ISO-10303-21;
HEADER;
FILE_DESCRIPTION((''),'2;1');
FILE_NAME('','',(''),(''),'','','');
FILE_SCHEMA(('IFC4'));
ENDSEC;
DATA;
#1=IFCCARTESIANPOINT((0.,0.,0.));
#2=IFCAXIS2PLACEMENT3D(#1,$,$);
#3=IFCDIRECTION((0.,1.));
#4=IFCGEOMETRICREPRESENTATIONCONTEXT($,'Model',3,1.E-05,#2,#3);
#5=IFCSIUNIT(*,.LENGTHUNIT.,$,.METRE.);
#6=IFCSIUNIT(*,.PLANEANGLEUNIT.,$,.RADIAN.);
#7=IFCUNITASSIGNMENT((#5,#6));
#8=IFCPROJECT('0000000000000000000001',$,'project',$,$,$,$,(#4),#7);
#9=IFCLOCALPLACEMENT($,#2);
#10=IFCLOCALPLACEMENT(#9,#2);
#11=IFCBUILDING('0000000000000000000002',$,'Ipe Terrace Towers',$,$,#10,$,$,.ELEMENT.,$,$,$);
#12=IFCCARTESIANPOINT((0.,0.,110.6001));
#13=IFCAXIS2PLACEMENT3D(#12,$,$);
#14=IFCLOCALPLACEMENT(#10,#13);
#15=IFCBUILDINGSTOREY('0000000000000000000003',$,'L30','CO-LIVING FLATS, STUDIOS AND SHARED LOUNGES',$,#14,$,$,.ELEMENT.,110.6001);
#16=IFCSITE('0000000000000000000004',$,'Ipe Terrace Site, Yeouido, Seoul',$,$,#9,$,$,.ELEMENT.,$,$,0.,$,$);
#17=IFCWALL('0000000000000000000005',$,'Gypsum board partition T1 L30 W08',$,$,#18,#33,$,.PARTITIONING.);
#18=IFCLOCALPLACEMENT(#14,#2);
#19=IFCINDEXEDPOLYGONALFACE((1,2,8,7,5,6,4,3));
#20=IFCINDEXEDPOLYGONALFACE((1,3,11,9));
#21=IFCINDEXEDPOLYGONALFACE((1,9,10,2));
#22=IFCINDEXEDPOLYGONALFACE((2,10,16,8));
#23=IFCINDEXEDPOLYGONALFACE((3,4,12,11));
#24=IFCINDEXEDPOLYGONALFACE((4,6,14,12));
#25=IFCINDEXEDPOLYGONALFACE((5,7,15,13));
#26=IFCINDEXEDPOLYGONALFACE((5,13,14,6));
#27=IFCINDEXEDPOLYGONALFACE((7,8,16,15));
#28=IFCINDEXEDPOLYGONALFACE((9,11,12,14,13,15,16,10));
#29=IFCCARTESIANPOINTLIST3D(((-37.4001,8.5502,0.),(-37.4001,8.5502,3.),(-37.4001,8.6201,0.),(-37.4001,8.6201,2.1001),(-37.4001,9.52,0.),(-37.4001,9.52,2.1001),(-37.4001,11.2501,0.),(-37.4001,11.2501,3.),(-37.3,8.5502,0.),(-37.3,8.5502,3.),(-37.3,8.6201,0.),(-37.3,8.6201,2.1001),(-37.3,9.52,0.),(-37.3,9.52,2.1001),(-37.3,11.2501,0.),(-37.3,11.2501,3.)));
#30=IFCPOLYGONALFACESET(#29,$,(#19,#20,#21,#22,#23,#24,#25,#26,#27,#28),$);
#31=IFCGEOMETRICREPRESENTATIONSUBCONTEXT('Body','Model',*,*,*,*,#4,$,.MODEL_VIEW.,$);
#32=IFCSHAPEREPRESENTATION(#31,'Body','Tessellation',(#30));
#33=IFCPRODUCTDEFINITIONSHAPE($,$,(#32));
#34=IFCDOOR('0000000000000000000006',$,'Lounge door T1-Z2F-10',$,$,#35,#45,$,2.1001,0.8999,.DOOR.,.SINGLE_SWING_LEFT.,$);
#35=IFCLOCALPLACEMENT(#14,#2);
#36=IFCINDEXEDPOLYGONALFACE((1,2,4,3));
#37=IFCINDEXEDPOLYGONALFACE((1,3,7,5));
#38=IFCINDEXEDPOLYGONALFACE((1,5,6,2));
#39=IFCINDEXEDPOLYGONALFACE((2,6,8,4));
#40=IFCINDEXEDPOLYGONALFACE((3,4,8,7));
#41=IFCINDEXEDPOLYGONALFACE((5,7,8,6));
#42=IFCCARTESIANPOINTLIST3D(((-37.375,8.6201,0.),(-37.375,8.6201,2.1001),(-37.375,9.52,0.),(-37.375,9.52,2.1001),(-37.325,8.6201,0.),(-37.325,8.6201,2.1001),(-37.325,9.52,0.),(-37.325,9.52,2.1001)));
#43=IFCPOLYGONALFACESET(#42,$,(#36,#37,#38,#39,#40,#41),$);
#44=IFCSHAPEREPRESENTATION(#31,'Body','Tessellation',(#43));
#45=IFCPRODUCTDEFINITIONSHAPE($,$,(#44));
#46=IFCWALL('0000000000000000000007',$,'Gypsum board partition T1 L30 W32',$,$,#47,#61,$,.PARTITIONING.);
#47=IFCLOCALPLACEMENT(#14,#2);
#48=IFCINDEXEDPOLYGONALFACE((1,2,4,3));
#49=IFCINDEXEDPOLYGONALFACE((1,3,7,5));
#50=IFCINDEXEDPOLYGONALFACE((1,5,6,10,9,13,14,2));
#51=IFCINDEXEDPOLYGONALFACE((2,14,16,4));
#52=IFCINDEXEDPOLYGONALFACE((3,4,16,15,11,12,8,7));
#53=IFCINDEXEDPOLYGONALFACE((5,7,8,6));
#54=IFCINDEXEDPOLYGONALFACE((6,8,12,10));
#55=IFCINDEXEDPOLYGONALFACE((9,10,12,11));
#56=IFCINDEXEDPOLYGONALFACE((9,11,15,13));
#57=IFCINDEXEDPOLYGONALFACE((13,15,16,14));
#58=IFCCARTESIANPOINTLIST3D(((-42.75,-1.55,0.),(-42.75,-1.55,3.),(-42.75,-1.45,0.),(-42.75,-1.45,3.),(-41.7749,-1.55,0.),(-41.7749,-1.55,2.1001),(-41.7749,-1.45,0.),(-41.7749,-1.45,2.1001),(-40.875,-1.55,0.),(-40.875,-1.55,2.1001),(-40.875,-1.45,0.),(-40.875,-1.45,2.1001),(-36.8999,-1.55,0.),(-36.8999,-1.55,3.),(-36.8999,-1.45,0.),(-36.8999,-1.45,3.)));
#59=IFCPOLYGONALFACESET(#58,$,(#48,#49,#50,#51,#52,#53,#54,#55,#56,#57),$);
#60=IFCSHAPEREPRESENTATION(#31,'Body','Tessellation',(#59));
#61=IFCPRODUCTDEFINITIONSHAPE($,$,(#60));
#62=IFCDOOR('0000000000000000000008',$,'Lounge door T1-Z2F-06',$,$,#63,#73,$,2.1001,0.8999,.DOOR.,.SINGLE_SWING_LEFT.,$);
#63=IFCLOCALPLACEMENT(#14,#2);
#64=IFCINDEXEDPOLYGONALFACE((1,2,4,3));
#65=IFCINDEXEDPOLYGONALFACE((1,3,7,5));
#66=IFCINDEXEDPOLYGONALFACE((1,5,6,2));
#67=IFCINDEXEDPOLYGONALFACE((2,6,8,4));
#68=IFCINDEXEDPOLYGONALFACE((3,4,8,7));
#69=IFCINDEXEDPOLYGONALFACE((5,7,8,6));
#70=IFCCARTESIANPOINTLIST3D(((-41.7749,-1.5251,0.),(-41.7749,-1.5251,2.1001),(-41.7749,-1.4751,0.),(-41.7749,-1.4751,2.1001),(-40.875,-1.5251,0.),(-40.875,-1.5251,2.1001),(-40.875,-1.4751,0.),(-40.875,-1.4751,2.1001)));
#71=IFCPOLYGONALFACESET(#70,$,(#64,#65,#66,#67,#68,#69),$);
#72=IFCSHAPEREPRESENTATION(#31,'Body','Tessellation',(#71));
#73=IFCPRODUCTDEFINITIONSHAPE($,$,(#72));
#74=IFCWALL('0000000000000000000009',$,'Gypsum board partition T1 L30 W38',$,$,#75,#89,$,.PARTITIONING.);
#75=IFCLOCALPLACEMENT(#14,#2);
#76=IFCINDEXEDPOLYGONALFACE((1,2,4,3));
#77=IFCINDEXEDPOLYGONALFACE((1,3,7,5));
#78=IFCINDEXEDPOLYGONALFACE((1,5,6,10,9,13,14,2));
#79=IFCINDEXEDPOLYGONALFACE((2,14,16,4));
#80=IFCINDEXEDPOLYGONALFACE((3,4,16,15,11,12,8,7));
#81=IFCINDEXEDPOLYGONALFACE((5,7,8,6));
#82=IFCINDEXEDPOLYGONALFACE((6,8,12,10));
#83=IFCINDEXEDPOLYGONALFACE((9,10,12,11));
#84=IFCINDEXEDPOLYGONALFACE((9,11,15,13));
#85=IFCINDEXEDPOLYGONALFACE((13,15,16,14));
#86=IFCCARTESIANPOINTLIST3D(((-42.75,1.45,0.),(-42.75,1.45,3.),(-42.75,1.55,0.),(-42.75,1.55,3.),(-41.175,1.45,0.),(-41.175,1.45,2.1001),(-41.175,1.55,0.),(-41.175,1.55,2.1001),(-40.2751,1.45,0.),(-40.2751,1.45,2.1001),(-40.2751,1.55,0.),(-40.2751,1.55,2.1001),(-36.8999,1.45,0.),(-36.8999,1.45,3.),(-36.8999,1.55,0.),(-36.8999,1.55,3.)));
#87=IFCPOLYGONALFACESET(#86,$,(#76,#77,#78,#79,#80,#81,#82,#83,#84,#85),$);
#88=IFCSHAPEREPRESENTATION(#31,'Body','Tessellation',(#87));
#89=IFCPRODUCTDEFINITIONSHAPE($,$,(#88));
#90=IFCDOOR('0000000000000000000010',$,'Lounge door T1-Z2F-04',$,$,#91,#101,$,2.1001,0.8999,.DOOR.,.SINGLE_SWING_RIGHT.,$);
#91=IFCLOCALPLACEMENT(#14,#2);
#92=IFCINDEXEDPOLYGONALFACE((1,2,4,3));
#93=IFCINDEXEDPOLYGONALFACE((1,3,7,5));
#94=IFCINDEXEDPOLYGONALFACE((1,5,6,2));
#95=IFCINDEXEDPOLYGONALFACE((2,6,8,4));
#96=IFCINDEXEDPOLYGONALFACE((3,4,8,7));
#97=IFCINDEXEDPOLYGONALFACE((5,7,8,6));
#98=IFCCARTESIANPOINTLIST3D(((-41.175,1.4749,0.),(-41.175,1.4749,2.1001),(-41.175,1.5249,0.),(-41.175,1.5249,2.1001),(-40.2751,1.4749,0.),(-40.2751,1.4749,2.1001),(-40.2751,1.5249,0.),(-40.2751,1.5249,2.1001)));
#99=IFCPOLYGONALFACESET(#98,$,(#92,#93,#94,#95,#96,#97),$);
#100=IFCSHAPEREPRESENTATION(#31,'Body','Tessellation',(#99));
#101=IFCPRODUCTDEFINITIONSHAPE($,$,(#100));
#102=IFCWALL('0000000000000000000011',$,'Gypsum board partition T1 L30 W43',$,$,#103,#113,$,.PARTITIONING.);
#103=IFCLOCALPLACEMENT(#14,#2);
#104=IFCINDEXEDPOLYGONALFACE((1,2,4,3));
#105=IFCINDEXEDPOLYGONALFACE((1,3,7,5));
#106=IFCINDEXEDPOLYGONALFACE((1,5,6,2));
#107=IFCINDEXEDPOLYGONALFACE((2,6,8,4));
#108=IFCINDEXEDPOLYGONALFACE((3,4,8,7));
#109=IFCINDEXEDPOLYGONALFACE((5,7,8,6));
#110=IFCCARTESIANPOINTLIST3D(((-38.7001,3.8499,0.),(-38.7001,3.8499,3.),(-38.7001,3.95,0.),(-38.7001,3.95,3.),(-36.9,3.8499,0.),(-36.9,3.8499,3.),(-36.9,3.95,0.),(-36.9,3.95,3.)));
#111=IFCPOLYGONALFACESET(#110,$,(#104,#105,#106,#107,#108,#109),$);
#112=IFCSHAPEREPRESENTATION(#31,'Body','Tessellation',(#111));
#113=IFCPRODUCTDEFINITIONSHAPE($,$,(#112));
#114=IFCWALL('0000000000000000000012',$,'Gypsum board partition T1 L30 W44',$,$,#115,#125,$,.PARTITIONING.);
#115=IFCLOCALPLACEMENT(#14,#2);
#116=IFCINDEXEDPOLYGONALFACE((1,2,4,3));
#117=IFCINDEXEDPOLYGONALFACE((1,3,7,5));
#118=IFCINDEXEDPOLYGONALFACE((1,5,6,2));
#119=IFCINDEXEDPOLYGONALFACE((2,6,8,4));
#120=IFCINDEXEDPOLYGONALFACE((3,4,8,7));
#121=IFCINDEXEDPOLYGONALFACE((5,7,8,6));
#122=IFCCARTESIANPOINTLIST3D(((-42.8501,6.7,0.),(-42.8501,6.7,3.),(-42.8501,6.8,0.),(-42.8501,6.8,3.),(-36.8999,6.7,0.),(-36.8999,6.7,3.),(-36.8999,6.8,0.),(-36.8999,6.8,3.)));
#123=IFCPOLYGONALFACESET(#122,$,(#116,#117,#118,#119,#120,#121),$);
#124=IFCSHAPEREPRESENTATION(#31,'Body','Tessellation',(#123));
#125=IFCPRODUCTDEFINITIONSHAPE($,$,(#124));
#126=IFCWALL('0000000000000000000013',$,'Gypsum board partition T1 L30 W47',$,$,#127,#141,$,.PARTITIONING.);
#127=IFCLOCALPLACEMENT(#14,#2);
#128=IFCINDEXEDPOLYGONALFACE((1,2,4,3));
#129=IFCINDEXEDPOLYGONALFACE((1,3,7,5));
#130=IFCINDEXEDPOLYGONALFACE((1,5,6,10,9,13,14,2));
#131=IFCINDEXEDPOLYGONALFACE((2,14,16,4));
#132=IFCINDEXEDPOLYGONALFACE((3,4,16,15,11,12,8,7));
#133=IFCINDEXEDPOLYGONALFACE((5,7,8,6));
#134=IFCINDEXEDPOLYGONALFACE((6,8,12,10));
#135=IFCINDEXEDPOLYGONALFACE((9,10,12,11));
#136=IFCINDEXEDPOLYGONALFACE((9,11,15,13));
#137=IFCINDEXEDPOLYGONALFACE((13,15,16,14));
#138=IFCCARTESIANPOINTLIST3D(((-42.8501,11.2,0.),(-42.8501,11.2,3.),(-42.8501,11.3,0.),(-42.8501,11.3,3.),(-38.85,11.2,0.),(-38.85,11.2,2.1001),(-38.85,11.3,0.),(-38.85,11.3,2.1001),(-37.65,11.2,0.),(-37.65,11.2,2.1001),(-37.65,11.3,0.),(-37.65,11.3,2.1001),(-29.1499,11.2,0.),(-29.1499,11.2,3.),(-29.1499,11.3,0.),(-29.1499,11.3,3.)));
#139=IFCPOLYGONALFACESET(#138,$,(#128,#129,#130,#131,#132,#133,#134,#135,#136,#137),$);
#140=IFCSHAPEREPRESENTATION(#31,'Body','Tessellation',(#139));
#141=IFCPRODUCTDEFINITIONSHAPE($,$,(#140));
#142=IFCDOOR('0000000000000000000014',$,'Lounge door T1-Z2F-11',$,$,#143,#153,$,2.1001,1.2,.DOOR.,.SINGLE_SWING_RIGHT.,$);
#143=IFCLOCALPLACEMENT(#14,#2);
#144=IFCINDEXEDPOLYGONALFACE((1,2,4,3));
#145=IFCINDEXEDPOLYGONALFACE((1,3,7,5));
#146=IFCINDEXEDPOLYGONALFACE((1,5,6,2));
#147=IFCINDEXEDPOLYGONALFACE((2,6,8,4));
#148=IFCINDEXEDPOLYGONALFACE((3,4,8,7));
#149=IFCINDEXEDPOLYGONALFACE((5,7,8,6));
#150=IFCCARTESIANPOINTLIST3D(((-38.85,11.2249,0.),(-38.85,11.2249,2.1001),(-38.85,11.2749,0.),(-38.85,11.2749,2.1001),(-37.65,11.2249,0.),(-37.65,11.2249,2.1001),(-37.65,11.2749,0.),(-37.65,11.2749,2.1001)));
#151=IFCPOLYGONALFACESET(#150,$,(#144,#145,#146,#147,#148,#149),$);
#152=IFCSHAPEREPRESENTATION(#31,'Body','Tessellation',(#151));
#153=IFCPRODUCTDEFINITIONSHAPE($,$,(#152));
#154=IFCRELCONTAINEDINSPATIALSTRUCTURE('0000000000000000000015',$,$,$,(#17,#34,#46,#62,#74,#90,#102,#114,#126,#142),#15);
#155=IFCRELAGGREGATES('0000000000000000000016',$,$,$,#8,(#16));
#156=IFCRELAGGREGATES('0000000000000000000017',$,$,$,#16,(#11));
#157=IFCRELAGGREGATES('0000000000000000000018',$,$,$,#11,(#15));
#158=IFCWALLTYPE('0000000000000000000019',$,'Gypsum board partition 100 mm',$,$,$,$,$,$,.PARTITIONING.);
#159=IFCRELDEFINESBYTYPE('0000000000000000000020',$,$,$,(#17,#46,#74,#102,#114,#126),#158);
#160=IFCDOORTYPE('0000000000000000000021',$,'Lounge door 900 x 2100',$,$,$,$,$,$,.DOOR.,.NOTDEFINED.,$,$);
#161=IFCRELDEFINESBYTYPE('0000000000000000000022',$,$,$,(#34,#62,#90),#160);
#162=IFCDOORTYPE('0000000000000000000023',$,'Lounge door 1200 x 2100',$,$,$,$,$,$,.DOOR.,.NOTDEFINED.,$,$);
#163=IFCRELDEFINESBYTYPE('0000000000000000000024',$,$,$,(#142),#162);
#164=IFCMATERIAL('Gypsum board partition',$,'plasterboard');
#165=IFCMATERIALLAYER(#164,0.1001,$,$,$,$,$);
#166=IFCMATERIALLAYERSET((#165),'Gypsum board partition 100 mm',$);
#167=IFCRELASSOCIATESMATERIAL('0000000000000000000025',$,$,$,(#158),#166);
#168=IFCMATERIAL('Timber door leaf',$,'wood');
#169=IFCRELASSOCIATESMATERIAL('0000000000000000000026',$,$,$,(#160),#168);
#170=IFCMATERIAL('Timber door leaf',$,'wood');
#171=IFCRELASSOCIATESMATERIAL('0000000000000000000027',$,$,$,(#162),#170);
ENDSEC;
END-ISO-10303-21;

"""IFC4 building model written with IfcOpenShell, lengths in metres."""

from ifc_helpers import new_model, si_unit, direction, frame, frame_2d, origin, place, context, subcontext, project, spatial, rectangle, extrude, material, layer, layer_set, type_object, element, fill, save


model = new_model("IFC4")

# Units and contexts
model_context = context("Model", 3, precision=1e-05, world=origin(), true_north=direction((0.0, 1.0)))
body_context = subcontext(model_context, "Body", "Model", "MODEL_VIEW")
ifc_project = project(units=[si_unit("LENGTHUNIT", "METRE"), si_unit("PLANEANGLEUNIT", "RADIAN")], contexts=[model_context])

# Site, building, storey
site_placement = place(None, origin())
site = spatial("IfcSite", under=ifc_project, at=site_placement, Name="Ipe Terrace Site, Yeouido, Seoul", CompositionType="ELEMENT", RefElevation=0.0)
building_placement = place(site_placement, origin())
building = spatial("IfcBuilding", under=site, at=building_placement, Name="Ipe Terrace Towers", CompositionType="ELEMENT")
storey_placement = place(building_placement, frame((0.0, 0.0, 110.6001)))
storey = spatial("IfcBuildingStorey", under=building, at=storey_placement, Name="L30", Description="CO-LIVING FLATS, STUDIOS AND SHARED LOUNGES", CompositionType="ELEMENT", Elevation=110.6001)

# Shared definitions
ifc_material_1 = material(Name="Gypsum board partition", Category="plasterboard")
ifc_layer_1 = layer(ifc_material_1, 0.1001)
ifc_layer_set_1 = layer_set([ifc_layer_1], Name="Gypsum board partition 100 mm")
wall_type_1 = type_object("IfcWallType", Name="Gypsum board partition 100 mm", PredefinedType="PARTITIONING", material=ifc_layer_set_1)
ifc_material_2 = material(Name="Timber door leaf", Category="wood")
door_type_1 = type_object("IfcDoorType", Name="Lounge door 900 x 2100", OperationType="NOTDEFINED", PredefinedType="DOOR", material=ifc_material_2)

# Walls, openings, doors
wall_1_placement = place(storey_placement, frame((-37.3501, 8.55, 0.0), z_axis=(0.0, 0.0, 1.0), x_axis=(0.0, 1.0, 0.0)))
wall_1 = element("IfcWall", 1, at=wall_1_placement, inside=storey, type_object=wall_type_1, Name="Gypsum board partition T1 L30 W08", PredefinedType="PARTITIONING", context=body_context, shape_type="SweptSolid", body=[
    extrude(rectangle(XDim=2.7, YDim=0.1001, at=frame_2d((1.3501, 0.0))), origin(), (0.0, 0.0, 1.0), 3.0),
])
opening_1_placement = place(wall_1_placement, frame((0.0701, 0.0, 0.0)))
opening_1 = element("IfcOpeningElement", 2, at=opening_1_placement, cuts=wall_1, PredefinedType="OPENING", context=body_context, shape_type="SweptSolid", body=[
    extrude(rectangle(XDim=0.8999, YDim=2.1001, at=frame_2d((0.45, 1.05))), frame((0.0, 0.0601, 0.0), z_axis=(0.0, -1.0, 0.0), x_axis=(1.0, 0.0, 0.0)), (0.0, 0.0, 1.0), 0.1201),
])
door_1_placement = place(opening_1_placement, origin())
door_1 = element("IfcDoor", 3, at=door_1_placement, inside=storey, type_object=door_type_1, Name="Lounge door T1-Z2F-10", OperationType="SINGLE_SWING_LEFT", OverallHeight=2.1001, OverallWidth=0.8999, PredefinedType="DOOR", context=body_context, shape_type="SweptSolid", body=[
    extrude(rectangle(XDim=0.8999, YDim=2.1001, at=frame_2d((0.45, 1.05))), frame((0.0, 0.0249, 0.0), z_axis=(0.0, -1.0, 0.0), x_axis=(1.0, 0.0, 0.0)), (0.0, 0.0, 1.0), 0.05),
])
fill(opening_1, door_1)
wall_2_placement = place(storey_placement, frame((-42.75, -1.5, 0.0), z_axis=(0.0, 0.0, 1.0), x_axis=(1.0, 0.0, 0.0)))
wall_2 = element("IfcWall", 4, at=wall_2_placement, inside=storey, type_object=wall_type_1, Name="Gypsum board partition T1 L30 W32", PredefinedType="PARTITIONING", context=body_context, shape_type="SweptSolid", body=[
    extrude(rectangle(XDim=5.8501, YDim=0.1001, at=frame_2d((2.925, 0.0))), origin(), (0.0, 0.0, 1.0), 3.0),
])
opening_2_placement = place(wall_2_placement, frame((0.9751, 0.0, 0.0)))
opening_2 = element("IfcOpeningElement", 5, at=opening_2_placement, cuts=wall_2, PredefinedType="OPENING", context=body_context, shape_type="SweptSolid", body=[
    extrude(rectangle(XDim=0.8999, YDim=2.1001, at=frame_2d((0.45, 1.05))), frame((0.0, 0.0601, 0.0), z_axis=(0.0, -1.0, 0.0), x_axis=(1.0, 0.0, 0.0)), (0.0, 0.0, 1.0), 0.1201),
])
door_2_placement = place(opening_2_placement, origin())
door_2 = element("IfcDoor", 6, at=door_2_placement, inside=storey, type_object=door_type_1, Name="Lounge door T1-Z2F-06", OperationType="SINGLE_SWING_LEFT", OverallHeight=2.1001, OverallWidth=0.8999, PredefinedType="DOOR", context=body_context, shape_type="SweptSolid", body=[
    extrude(rectangle(XDim=0.8999, YDim=2.1001, at=frame_2d((0.45, 1.05))), frame((0.0, 0.0249, 0.0), z_axis=(0.0, -1.0, 0.0), x_axis=(1.0, 0.0, 0.0)), (0.0, 0.0, 1.0), 0.05),
])
fill(opening_2, door_2)
wall_3_placement = place(storey_placement, frame((-42.75, 1.5, 0.0), z_axis=(0.0, 0.0, 1.0), x_axis=(1.0, 0.0, 0.0)))
wall_3 = element("IfcWall", 7, at=wall_3_placement, inside=storey, type_object=wall_type_1, Name="Gypsum board partition T1 L30 W38", PredefinedType="PARTITIONING", context=body_context, shape_type="SweptSolid", body=[
    extrude(rectangle(XDim=5.8501, YDim=0.1001, at=frame_2d((2.925, 0.0))), origin(), (0.0, 0.0, 1.0), 3.0),
])
opening_3_placement = place(wall_3_placement, frame((1.575, 0.0, 0.0)))
opening_3 = element("IfcOpeningElement", 8, at=opening_3_placement, cuts=wall_3, PredefinedType="OPENING", context=body_context, shape_type="SweptSolid", body=[
    extrude(rectangle(XDim=0.8999, YDim=2.1001, at=frame_2d((0.45, 1.05))), frame((0.0, 0.0601, 0.0), z_axis=(0.0, -1.0, 0.0), x_axis=(1.0, 0.0, 0.0)), (0.0, 0.0, 1.0), 0.1201),
])
door_3_placement = place(opening_3_placement, origin())
door_3 = element("IfcDoor", 9, at=door_3_placement, inside=storey, type_object=door_type_1, Name="Lounge door T1-Z2F-04", OperationType="SINGLE_SWING_RIGHT", OverallHeight=2.1001, OverallWidth=0.8999, PredefinedType="DOOR", context=body_context, shape_type="SweptSolid", body=[
    extrude(rectangle(XDim=0.8999, YDim=2.1001, at=frame_2d((0.45, 1.05))), frame((0.0, 0.0249, 0.0), z_axis=(0.0, -1.0, 0.0), x_axis=(1.0, 0.0, 0.0)), (0.0, 0.0, 1.0), 0.05),
])
fill(opening_3, door_3)

# Walls
wall_4_placement = place(storey_placement, frame((-38.7, 3.8999, 0.0), z_axis=(0.0, 0.0, 1.0), x_axis=(1.0, 0.0, 0.0)))
element("IfcWall", 10, at=wall_4_placement, inside=storey, type_object=wall_type_1, Name="Gypsum board partition T1 L30 W43", PredefinedType="PARTITIONING", context=body_context, shape_type="SweptSolid", body=[
    extrude(rectangle(XDim=1.8, YDim=0.1001, at=frame_2d((0.8999, 0.0))), origin(), (0.0, 0.0, 1.0), 3.0),
])
wall_5_placement = place(storey_placement, frame((-42.8501, 6.75, 0.0), z_axis=(0.0, 0.0, 1.0), x_axis=(1.0, 0.0, 0.0)))
element("IfcWall", 11, at=wall_5_placement, inside=storey, type_object=wall_type_1, Name="Gypsum board partition T1 L30 W44", PredefinedType="PARTITIONING", context=body_context, shape_type="SweptSolid", body=[
    extrude(rectangle(XDim=5.9502, YDim=0.1001, at=frame_2d((2.9751, 0.0))), origin(), (0.0, 0.0, 1.0), 3.0),
])

# Wall, opening, door
wall_6_placement = place(storey_placement, frame((-42.8501, 11.25, 0.0), z_axis=(0.0, 0.0, 1.0), x_axis=(1.0, 0.0, 0.0)))
wall_6 = element("IfcWall", 12, at=wall_6_placement, inside=storey, type_object=wall_type_1, Name="Gypsum board partition T1 L30 W47", PredefinedType="PARTITIONING", context=body_context, shape_type="SweptSolid", body=[
    extrude(rectangle(XDim=13.7002, YDim=0.1001, at=frame_2d((6.8501, 0.0))), origin(), (0.0, 0.0, 1.0), 3.0),
])
opening_4_placement = place(wall_6_placement, frame((4.0, 0.0, 0.0)))
opening_4 = element("IfcOpeningElement", 13, at=opening_4_placement, cuts=wall_6, PredefinedType="OPENING", context=body_context, shape_type="SweptSolid", body=[
    extrude(rectangle(XDim=1.2, YDim=2.1001, at=frame_2d((0.6001, 1.05))), frame((0.0, 0.0601, 0.0), z_axis=(0.0, -1.0, 0.0), x_axis=(1.0, 0.0, 0.0)), (0.0, 0.0, 1.0), 0.1201),
])
ifc_material_3 = material(Name="Timber door leaf", Category="wood")
door_type_2 = type_object("IfcDoorType", Name="Lounge door 1200 x 2100", OperationType="NOTDEFINED", PredefinedType="DOOR", material=ifc_material_3)
door_4_placement = place(opening_4_placement, origin())
door_4 = element("IfcDoor", 14, at=door_4_placement, inside=storey, type_object=door_type_2, Name="Lounge door T1-Z2F-11", OperationType="SINGLE_SWING_RIGHT", OverallHeight=2.1001, OverallWidth=1.2, PredefinedType="DOOR", context=body_context, shape_type="SweptSolid", body=[
    extrude(rectangle(XDim=1.2, YDim=2.1001, at=frame_2d((0.6001, 1.05))), frame((0.0, 0.0249, 0.0), z_axis=(0.0, -1.0, 0.0), x_axis=(1.0, 0.0, 0.0)), (0.0, 0.0, 1.0), 0.05),
])
fill(opening_4, door_4)

save(model, "model.ifc")
